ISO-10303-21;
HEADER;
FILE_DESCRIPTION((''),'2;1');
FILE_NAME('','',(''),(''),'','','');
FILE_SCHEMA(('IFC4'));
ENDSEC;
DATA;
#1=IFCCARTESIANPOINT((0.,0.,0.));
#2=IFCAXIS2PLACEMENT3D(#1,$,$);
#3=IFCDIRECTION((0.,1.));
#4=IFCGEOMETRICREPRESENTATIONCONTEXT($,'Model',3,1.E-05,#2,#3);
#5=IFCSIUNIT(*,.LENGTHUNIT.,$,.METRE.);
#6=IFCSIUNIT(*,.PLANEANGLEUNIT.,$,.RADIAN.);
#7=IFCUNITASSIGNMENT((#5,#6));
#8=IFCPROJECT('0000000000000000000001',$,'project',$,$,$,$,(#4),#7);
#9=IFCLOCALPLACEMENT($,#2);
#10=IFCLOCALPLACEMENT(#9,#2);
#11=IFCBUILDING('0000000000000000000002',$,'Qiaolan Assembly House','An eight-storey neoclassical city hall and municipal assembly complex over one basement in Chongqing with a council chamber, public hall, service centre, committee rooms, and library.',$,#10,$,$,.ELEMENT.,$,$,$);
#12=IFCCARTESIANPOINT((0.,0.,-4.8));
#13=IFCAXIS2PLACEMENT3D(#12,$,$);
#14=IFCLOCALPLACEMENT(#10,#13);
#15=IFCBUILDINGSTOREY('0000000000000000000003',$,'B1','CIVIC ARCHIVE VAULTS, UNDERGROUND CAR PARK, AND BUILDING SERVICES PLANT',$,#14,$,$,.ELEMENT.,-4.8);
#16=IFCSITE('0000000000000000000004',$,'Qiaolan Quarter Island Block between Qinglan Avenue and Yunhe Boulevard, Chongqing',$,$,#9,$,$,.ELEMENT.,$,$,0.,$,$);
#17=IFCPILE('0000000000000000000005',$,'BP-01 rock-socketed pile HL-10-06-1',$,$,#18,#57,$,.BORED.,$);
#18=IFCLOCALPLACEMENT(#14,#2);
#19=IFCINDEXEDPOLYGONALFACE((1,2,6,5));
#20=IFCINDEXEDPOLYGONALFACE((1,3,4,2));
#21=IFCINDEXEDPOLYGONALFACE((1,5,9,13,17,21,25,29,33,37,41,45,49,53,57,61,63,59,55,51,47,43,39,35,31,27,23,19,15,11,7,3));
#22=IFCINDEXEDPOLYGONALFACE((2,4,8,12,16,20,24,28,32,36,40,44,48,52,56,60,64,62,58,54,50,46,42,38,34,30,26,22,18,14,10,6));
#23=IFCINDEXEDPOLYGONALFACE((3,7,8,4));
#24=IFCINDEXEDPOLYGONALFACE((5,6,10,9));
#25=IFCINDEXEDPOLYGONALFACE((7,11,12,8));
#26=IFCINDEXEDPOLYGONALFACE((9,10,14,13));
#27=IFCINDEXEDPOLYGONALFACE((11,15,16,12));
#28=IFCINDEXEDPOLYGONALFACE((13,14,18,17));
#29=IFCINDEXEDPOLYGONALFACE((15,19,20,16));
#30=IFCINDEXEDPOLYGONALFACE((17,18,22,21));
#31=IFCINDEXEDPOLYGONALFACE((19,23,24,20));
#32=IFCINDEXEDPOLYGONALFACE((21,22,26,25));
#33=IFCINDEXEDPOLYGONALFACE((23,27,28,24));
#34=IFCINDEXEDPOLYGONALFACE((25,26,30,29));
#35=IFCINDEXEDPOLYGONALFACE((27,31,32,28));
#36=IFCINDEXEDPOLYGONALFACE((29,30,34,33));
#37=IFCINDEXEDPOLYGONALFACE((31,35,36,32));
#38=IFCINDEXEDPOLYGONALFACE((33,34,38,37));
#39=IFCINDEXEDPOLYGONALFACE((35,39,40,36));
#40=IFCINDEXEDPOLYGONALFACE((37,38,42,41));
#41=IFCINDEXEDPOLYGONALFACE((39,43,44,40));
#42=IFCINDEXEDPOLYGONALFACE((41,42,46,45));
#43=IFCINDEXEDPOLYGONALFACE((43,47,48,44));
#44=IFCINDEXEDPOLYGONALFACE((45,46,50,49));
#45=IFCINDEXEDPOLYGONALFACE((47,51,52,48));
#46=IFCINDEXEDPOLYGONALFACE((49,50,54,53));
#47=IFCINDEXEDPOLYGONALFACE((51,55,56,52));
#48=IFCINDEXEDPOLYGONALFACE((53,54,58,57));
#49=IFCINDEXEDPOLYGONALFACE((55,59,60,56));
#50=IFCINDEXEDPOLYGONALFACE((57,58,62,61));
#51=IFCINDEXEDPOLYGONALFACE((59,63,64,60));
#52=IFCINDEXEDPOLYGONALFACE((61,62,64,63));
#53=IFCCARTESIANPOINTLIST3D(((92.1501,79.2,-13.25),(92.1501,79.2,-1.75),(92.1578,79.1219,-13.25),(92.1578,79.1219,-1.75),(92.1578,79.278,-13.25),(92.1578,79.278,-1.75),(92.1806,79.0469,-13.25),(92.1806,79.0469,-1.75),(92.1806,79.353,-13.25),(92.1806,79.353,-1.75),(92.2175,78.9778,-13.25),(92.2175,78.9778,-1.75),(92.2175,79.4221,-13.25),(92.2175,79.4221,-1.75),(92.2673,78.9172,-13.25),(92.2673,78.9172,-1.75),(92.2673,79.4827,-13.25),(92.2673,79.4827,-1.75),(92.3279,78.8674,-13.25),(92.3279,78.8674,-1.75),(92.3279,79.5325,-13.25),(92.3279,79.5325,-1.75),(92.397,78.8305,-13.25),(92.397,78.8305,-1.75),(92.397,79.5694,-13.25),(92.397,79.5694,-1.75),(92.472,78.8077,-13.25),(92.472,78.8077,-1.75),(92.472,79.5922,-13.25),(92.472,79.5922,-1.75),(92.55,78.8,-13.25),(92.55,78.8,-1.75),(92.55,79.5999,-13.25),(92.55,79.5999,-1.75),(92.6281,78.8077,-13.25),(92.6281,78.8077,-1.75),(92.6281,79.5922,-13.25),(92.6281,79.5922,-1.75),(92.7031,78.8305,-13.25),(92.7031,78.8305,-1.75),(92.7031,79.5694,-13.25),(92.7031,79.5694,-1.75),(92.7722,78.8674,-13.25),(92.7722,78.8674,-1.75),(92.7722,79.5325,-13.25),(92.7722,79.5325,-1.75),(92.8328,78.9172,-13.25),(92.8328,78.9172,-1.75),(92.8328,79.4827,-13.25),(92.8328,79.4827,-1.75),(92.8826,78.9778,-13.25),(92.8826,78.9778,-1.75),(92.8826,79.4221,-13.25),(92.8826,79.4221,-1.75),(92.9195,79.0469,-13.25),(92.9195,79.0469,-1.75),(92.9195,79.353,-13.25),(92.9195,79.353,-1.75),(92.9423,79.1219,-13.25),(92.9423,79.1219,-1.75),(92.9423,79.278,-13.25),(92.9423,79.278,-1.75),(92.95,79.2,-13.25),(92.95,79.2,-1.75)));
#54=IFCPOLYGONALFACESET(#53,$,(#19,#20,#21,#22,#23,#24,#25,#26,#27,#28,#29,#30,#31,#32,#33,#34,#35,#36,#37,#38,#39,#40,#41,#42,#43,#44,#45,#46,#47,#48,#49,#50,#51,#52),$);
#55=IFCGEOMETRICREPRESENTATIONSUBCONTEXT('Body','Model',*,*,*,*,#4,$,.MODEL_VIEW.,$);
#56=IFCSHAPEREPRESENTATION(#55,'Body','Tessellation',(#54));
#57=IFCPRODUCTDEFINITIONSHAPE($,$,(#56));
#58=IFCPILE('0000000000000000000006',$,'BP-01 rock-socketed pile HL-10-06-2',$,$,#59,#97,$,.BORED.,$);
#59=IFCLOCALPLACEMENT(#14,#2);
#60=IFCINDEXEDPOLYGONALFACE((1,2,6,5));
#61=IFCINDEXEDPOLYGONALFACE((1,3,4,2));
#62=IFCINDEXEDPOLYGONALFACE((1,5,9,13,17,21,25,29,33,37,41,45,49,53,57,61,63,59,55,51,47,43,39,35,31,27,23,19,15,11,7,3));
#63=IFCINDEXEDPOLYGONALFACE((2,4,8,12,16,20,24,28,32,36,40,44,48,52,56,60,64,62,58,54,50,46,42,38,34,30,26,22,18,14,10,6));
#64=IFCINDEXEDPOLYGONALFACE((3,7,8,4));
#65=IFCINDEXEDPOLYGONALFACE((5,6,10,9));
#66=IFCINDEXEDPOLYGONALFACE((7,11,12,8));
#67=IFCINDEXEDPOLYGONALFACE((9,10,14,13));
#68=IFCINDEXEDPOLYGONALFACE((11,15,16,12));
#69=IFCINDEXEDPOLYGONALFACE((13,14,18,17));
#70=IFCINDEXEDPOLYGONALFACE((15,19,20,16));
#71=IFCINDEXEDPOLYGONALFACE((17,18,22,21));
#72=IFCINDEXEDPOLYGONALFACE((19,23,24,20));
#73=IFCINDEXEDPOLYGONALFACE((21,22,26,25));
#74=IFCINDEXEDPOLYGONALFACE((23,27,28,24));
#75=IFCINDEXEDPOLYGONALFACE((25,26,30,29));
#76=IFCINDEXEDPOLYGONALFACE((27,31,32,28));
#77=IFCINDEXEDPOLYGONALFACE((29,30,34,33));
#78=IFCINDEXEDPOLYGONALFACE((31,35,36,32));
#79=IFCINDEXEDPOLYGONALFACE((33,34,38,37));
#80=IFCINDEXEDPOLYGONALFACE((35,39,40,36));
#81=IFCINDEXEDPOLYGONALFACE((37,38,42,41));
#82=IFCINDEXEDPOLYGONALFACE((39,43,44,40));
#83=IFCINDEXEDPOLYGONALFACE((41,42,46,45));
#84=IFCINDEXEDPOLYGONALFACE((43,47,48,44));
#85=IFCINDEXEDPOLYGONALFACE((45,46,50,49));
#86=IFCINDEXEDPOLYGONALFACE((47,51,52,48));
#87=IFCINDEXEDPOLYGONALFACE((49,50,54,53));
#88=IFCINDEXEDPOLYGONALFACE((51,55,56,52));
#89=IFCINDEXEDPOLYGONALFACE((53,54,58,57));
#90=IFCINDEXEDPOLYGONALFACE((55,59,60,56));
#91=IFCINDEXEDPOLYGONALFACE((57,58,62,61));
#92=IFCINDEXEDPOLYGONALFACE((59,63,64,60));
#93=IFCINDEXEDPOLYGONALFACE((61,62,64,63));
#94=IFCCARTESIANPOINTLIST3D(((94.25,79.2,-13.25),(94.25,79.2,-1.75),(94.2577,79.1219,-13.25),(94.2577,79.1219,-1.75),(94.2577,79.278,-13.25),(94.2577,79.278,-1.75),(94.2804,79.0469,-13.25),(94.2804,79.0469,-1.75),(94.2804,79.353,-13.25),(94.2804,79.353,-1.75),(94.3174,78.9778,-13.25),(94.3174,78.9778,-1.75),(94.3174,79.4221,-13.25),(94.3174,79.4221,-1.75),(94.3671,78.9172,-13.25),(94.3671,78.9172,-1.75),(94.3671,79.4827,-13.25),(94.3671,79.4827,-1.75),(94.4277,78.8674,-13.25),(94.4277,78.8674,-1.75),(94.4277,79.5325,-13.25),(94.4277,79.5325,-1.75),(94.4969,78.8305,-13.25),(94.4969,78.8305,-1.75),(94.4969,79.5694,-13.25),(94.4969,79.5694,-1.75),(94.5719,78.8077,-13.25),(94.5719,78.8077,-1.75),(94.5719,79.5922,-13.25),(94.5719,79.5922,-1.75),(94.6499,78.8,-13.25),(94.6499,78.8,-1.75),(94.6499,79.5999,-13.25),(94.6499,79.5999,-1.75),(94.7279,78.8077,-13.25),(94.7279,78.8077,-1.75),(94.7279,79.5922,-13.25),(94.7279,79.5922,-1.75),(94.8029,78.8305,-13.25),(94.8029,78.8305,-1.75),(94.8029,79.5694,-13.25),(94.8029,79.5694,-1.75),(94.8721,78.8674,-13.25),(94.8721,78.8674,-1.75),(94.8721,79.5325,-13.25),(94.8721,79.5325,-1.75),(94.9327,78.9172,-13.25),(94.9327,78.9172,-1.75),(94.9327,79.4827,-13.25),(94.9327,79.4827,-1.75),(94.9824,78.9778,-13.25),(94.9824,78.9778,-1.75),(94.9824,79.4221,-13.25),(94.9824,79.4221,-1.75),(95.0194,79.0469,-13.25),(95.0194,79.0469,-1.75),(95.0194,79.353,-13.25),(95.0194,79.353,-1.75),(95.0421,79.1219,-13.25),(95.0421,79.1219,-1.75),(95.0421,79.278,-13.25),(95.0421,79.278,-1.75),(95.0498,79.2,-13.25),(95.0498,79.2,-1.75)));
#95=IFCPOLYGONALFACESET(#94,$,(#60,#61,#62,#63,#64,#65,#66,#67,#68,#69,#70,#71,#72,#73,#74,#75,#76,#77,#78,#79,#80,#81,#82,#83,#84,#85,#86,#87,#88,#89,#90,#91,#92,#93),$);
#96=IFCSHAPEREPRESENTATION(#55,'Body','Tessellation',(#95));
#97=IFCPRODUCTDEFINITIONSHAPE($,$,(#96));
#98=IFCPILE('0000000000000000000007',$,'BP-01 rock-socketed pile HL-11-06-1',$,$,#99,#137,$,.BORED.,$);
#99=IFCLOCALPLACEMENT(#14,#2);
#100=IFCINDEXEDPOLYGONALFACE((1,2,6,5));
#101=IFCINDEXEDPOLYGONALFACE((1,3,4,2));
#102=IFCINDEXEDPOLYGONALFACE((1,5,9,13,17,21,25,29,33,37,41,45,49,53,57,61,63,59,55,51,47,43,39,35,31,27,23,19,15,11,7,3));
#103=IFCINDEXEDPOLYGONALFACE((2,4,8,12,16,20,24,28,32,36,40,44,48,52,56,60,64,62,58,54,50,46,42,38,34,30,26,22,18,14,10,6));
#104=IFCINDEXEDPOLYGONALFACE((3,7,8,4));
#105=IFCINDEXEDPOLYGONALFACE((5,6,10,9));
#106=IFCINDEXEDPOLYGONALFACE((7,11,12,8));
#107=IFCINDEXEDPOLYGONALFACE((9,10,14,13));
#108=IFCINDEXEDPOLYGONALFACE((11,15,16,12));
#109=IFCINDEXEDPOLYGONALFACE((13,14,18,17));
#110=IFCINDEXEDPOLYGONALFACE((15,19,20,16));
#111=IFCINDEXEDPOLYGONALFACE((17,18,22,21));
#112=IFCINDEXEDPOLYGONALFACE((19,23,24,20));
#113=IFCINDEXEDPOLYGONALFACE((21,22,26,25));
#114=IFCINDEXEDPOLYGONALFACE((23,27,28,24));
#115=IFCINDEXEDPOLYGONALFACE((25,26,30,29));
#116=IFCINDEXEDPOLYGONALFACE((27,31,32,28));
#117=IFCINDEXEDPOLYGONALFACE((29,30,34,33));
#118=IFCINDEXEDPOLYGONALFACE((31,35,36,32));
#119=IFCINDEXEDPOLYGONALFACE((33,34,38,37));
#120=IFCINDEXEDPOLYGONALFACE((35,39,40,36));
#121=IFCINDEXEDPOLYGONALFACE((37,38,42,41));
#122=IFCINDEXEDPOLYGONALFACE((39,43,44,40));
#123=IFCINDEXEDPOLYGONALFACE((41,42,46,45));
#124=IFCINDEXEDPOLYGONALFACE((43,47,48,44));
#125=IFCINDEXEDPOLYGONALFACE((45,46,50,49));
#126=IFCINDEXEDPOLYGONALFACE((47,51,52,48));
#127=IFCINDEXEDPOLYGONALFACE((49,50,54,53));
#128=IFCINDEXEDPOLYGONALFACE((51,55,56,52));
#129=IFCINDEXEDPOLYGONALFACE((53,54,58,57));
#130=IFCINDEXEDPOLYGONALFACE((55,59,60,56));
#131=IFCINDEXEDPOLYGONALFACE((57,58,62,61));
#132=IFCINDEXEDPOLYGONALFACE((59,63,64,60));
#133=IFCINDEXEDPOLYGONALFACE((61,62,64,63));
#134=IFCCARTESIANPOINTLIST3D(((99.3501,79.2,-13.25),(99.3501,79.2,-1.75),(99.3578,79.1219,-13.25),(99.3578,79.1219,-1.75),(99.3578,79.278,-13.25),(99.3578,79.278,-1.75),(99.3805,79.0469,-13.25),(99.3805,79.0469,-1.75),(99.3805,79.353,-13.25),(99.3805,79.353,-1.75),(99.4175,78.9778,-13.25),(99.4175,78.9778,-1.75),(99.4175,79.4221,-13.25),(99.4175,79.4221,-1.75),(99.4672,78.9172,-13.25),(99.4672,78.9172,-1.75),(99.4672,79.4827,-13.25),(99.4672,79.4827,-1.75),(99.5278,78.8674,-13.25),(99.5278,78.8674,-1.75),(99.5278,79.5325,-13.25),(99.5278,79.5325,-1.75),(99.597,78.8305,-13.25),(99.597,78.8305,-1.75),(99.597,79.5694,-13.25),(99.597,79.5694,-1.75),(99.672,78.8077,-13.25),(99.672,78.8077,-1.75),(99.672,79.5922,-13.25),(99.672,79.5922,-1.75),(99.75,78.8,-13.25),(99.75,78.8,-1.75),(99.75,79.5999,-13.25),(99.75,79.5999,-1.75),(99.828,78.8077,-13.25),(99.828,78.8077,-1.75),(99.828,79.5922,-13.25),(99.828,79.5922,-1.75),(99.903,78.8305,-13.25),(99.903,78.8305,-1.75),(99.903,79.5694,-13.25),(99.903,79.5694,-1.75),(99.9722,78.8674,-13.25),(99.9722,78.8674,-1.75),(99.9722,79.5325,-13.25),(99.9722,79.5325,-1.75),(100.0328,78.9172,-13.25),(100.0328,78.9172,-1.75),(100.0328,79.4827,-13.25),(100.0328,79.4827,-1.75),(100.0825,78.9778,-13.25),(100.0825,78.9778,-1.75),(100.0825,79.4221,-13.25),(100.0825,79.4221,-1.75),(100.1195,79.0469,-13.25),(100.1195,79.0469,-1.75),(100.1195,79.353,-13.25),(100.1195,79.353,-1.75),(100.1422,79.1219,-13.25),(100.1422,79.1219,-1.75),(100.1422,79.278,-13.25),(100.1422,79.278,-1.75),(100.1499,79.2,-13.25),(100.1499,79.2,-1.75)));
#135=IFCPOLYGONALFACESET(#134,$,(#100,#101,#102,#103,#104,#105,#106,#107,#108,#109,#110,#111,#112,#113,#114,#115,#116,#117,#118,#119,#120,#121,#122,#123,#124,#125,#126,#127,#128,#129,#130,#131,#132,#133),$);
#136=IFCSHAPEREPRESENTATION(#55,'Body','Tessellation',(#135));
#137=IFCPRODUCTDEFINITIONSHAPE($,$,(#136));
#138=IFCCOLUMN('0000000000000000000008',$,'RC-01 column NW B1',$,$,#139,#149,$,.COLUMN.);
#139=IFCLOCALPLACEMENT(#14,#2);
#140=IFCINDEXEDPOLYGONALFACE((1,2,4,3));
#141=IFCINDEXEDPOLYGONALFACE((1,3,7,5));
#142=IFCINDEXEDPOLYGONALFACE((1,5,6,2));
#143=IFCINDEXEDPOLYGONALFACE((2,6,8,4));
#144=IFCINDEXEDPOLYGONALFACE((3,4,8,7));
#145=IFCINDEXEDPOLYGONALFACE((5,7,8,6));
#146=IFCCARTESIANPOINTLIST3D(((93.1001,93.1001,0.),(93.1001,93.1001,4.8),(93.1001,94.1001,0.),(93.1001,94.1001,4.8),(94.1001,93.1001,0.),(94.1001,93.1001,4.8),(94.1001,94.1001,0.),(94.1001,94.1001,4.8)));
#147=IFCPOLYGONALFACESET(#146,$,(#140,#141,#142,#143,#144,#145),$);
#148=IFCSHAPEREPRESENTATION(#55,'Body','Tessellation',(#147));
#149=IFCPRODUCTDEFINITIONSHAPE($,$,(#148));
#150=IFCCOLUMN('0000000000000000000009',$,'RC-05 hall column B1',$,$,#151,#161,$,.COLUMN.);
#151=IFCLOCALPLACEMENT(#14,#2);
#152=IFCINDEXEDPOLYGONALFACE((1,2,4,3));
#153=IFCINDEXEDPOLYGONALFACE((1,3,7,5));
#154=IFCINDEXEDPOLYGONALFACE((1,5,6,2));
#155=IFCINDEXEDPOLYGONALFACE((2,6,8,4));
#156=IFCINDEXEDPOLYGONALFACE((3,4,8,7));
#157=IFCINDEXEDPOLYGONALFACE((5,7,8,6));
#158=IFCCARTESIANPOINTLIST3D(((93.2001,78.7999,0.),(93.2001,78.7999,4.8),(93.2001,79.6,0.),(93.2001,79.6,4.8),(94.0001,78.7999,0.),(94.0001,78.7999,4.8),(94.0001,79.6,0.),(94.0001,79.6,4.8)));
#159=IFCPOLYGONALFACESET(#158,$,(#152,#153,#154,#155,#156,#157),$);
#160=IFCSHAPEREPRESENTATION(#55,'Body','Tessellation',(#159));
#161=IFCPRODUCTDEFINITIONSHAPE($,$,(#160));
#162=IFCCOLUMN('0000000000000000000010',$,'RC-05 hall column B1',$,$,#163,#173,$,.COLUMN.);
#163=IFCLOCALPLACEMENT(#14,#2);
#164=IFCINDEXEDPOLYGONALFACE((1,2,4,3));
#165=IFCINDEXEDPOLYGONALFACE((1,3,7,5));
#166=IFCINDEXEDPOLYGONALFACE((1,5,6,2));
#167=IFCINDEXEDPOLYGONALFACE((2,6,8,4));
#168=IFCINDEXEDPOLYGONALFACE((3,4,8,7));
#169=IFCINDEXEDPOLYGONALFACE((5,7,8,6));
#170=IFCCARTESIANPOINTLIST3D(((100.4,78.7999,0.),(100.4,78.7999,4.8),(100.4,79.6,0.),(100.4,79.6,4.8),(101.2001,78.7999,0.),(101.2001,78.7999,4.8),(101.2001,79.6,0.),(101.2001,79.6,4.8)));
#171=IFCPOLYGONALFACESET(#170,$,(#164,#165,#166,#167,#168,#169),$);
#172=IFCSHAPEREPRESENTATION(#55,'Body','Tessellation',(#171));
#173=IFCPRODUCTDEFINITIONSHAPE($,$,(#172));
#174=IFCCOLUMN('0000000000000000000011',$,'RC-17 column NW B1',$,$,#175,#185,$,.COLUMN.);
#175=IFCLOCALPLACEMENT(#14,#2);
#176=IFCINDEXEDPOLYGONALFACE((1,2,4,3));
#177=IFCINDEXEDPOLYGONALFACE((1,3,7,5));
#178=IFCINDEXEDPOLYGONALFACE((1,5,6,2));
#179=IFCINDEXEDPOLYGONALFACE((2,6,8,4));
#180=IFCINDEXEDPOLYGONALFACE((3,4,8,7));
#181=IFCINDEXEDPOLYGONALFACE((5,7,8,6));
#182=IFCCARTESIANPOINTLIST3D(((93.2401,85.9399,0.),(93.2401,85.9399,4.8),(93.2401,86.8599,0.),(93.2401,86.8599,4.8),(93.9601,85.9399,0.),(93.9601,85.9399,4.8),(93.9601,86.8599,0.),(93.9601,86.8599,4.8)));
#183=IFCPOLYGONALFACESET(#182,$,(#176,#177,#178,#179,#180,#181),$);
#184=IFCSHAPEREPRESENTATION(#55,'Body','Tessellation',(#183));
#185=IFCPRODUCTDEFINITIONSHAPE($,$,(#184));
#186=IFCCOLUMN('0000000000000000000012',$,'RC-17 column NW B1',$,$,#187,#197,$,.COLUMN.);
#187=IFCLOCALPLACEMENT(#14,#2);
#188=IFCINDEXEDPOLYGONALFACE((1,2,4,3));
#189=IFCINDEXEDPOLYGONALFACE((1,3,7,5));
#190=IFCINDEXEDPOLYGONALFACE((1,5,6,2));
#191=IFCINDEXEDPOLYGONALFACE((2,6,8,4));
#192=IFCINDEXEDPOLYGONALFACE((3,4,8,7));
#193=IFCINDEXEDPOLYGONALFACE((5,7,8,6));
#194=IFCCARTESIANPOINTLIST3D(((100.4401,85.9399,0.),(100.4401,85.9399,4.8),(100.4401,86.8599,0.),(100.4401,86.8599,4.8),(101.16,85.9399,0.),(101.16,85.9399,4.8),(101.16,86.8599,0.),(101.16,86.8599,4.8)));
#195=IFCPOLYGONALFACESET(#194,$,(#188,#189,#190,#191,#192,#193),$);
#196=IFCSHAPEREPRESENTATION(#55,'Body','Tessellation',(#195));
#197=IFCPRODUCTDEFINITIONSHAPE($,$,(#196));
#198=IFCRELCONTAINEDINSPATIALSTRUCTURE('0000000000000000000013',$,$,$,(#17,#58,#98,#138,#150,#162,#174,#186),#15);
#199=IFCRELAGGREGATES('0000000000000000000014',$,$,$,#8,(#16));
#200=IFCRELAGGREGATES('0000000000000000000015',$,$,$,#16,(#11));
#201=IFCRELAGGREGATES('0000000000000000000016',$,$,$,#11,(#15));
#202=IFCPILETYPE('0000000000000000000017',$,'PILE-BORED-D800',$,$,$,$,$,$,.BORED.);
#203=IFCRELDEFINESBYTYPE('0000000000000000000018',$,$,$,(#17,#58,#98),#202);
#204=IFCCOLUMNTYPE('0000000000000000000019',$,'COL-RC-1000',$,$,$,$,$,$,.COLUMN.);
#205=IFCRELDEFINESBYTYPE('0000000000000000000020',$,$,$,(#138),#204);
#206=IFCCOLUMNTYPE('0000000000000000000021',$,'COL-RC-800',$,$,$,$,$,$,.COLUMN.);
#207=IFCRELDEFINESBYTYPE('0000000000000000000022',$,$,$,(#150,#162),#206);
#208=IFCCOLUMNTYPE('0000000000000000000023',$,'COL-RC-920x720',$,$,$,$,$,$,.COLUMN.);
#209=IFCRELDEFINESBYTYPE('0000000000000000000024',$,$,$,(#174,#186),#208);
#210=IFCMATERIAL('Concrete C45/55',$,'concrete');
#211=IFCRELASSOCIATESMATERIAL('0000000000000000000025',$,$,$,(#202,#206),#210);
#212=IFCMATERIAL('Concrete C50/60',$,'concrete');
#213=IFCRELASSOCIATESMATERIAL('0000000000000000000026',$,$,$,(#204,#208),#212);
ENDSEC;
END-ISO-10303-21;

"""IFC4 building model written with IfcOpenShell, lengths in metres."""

from ifc_helpers import new_model, si_unit, direction, frame, origin, origin_2d, place, context, subcontext, project, spatial, rectangle, circle, extrude, material, material_profile, profile_set, type_object, element, save


model = new_model("IFC4")

# Units and contexts
model_context = context("Model", 3, precision=1e-05, world=origin(), true_north=direction((0.0, 1.0)))
body_context = subcontext(model_context, "Body", "Model", "MODEL_VIEW")
ifc_project = project(units=[si_unit("LENGTHUNIT", "METRE"), si_unit("PLANEANGLEUNIT", "RADIAN")], contexts=[model_context])

# Site, building, storey
site_placement = place(None, origin())
site = spatial("IfcSite", under=ifc_project, at=site_placement, Name="Qiaolan Quarter Island Block between Qinglan Avenue and Yunhe Boulevard, Chongqing", CompositionType="ELEMENT", RefElevation=0.0)
building_placement = place(site_placement, origin())
building = spatial("IfcBuilding", under=site, at=building_placement, Name="Qiaolan Assembly House", Description="An eight-storey neoclassical city hall and municipal assembly complex over one basement in Chongqing with a council chamber, public hall, service centre, committee rooms, and library.", CompositionType="ELEMENT")
storey_placement = place(building_placement, frame((0.0, 0.0, -4.8)))
storey = spatial("IfcBuildingStorey", under=building, at=storey_placement, Name="B1", Description="CIVIC ARCHIVE VAULTS, UNDERGROUND CAR PARK, AND BUILDING SERVICES PLANT", CompositionType="ELEMENT", Elevation=-4.8)

# Piles
ifc_material_1 = material(Name="Concrete C45/55", Category="concrete")
ifc_material_profile_1 = material_profile(ifc_material_1, circle(Radius=0.3999, at=origin_2d()), Name="PILE D800")
ifc_profile_set_1 = profile_set([ifc_material_profile_1], Name="Concrete C45/55")
pile_type = type_object("IfcPileType", Name="PILE-BORED-D800", PredefinedType="BORED", material=ifc_profile_set_1)
for number, where, z_axis, x_axis, name in (
    (1, (92.55, 79.2, -1.75), (0.0, 0.0, -1.0), (1.0, 0.0, 0.0), "BP-01 rock-socketed pile HL-10-06-1"),
    (2, (94.6499, 79.2, -1.75), (0.0, 0.0, -1.0), (1.0, 0.0, 0.0), "BP-01 rock-socketed pile HL-10-06-2"),
    (3, (99.75, 79.2, -1.75), (0.0, 0.0, -1.0), (1.0, 0.0, 0.0), "BP-01 rock-socketed pile HL-11-06-1"),
):
    element("IfcPile", number, at=place(storey_placement, frame(where, z_axis=z_axis, x_axis=x_axis)), inside=storey, type_object=pile_type, Name=name, PredefinedType="BORED", context=body_context, shape_type="SweptSolid", body=[
        extrude(circle(Radius=0.3999, at=origin_2d()), origin(), (0.0, 0.0, 1.0), 11.5),
    ])

# Columns
ifc_material_2 = material(Name="Concrete C50/60", Category="concrete")
ifc_material_profile_2 = material_profile(ifc_material_2, rectangle(XDim=1.0, YDim=1.0, at=origin_2d()), Name="RC 1000x1000")
ifc_profile_set_2 = profile_set([ifc_material_profile_2], Name="Concrete C50/60")
column_type_1 = type_object("IfcColumnType", Name="COL-RC-1000", PredefinedType="COLUMN", material=ifc_profile_set_2)
column_placement = place(storey_placement, frame((93.6001, 93.6001, 0.0), z_axis=(0.0, 0.0, 1.0), x_axis=(1.0, 0.0, 0.0)))
element("IfcColumn", 4, at=column_placement, inside=storey, type_object=column_type_1, Name="RC-01 column NW B1", PredefinedType="COLUMN", context=body_context, shape_type="SweptSolid", body=[
    extrude(rectangle(XDim=1.0, YDim=1.0, at=origin_2d()), origin(), (0.0, 0.0, 1.0), 4.8),
])
ifc_material_profile_3 = material_profile(ifc_material_1, rectangle(XDim=0.8, YDim=0.8, at=origin_2d()), Name="RC 800x800")
ifc_profile_set_3 = profile_set([ifc_material_profile_3], Name="Concrete C45/55")
column_type_2 = type_object("IfcColumnType", Name="COL-RC-800", PredefinedType="COLUMN", material=ifc_profile_set_3)
for number, where, z_axis, x_axis, name in (
    (5, (93.6001, 79.2, 0.0), (0.0, 0.0, 1.0), (1.0, 0.0, 0.0), "RC-05 hall column B1"),
    (6, (100.8, 79.2, 0.0), (0.0, 0.0, 1.0), (1.0, 0.0, 0.0), "RC-05 hall column B1"),
):
    element("IfcColumn", number, at=place(storey_placement, frame(where, z_axis=z_axis, x_axis=x_axis)), inside=storey, type_object=column_type_2, Name=name, PredefinedType="COLUMN", context=body_context, shape_type="SweptSolid", body=[
        extrude(rectangle(XDim=0.8, YDim=0.8, at=origin_2d()), origin(), (0.0, 0.0, 1.0), 4.8),
    ])
ifc_material_profile_4 = material_profile(ifc_material_2, rectangle(XDim=0.72, YDim=0.9199, at=origin_2d()), Name="RC 920x720")
ifc_profile_set_4 = profile_set([ifc_material_profile_4], Name="Concrete C50/60")
column_type_3 = type_object("IfcColumnType", Name="COL-RC-920x720", PredefinedType="COLUMN", material=ifc_profile_set_4)
for number, where, z_axis, x_axis, name in (
    (7, (93.6001, 86.3999, 0.0), (0.0, 0.0, 1.0), (1.0, 0.0, 0.0), "RC-17 column NW B1"),
    (8, (100.8, 86.3999, 0.0), (0.0, 0.0, 1.0), (1.0, 0.0, 0.0), "RC-17 column NW B1"),
):
    element("IfcColumn", number, at=place(storey_placement, frame(where, z_axis=z_axis, x_axis=x_axis)), inside=storey, type_object=column_type_3, Name=name, PredefinedType="COLUMN", context=body_context, shape_type="SweptSolid", body=[
        extrude(rectangle(XDim=0.72, YDim=0.9199, at=origin_2d()), origin(), (0.0, 0.0, 1.0), 4.8),
    ])

save(model, "model.ifc")
